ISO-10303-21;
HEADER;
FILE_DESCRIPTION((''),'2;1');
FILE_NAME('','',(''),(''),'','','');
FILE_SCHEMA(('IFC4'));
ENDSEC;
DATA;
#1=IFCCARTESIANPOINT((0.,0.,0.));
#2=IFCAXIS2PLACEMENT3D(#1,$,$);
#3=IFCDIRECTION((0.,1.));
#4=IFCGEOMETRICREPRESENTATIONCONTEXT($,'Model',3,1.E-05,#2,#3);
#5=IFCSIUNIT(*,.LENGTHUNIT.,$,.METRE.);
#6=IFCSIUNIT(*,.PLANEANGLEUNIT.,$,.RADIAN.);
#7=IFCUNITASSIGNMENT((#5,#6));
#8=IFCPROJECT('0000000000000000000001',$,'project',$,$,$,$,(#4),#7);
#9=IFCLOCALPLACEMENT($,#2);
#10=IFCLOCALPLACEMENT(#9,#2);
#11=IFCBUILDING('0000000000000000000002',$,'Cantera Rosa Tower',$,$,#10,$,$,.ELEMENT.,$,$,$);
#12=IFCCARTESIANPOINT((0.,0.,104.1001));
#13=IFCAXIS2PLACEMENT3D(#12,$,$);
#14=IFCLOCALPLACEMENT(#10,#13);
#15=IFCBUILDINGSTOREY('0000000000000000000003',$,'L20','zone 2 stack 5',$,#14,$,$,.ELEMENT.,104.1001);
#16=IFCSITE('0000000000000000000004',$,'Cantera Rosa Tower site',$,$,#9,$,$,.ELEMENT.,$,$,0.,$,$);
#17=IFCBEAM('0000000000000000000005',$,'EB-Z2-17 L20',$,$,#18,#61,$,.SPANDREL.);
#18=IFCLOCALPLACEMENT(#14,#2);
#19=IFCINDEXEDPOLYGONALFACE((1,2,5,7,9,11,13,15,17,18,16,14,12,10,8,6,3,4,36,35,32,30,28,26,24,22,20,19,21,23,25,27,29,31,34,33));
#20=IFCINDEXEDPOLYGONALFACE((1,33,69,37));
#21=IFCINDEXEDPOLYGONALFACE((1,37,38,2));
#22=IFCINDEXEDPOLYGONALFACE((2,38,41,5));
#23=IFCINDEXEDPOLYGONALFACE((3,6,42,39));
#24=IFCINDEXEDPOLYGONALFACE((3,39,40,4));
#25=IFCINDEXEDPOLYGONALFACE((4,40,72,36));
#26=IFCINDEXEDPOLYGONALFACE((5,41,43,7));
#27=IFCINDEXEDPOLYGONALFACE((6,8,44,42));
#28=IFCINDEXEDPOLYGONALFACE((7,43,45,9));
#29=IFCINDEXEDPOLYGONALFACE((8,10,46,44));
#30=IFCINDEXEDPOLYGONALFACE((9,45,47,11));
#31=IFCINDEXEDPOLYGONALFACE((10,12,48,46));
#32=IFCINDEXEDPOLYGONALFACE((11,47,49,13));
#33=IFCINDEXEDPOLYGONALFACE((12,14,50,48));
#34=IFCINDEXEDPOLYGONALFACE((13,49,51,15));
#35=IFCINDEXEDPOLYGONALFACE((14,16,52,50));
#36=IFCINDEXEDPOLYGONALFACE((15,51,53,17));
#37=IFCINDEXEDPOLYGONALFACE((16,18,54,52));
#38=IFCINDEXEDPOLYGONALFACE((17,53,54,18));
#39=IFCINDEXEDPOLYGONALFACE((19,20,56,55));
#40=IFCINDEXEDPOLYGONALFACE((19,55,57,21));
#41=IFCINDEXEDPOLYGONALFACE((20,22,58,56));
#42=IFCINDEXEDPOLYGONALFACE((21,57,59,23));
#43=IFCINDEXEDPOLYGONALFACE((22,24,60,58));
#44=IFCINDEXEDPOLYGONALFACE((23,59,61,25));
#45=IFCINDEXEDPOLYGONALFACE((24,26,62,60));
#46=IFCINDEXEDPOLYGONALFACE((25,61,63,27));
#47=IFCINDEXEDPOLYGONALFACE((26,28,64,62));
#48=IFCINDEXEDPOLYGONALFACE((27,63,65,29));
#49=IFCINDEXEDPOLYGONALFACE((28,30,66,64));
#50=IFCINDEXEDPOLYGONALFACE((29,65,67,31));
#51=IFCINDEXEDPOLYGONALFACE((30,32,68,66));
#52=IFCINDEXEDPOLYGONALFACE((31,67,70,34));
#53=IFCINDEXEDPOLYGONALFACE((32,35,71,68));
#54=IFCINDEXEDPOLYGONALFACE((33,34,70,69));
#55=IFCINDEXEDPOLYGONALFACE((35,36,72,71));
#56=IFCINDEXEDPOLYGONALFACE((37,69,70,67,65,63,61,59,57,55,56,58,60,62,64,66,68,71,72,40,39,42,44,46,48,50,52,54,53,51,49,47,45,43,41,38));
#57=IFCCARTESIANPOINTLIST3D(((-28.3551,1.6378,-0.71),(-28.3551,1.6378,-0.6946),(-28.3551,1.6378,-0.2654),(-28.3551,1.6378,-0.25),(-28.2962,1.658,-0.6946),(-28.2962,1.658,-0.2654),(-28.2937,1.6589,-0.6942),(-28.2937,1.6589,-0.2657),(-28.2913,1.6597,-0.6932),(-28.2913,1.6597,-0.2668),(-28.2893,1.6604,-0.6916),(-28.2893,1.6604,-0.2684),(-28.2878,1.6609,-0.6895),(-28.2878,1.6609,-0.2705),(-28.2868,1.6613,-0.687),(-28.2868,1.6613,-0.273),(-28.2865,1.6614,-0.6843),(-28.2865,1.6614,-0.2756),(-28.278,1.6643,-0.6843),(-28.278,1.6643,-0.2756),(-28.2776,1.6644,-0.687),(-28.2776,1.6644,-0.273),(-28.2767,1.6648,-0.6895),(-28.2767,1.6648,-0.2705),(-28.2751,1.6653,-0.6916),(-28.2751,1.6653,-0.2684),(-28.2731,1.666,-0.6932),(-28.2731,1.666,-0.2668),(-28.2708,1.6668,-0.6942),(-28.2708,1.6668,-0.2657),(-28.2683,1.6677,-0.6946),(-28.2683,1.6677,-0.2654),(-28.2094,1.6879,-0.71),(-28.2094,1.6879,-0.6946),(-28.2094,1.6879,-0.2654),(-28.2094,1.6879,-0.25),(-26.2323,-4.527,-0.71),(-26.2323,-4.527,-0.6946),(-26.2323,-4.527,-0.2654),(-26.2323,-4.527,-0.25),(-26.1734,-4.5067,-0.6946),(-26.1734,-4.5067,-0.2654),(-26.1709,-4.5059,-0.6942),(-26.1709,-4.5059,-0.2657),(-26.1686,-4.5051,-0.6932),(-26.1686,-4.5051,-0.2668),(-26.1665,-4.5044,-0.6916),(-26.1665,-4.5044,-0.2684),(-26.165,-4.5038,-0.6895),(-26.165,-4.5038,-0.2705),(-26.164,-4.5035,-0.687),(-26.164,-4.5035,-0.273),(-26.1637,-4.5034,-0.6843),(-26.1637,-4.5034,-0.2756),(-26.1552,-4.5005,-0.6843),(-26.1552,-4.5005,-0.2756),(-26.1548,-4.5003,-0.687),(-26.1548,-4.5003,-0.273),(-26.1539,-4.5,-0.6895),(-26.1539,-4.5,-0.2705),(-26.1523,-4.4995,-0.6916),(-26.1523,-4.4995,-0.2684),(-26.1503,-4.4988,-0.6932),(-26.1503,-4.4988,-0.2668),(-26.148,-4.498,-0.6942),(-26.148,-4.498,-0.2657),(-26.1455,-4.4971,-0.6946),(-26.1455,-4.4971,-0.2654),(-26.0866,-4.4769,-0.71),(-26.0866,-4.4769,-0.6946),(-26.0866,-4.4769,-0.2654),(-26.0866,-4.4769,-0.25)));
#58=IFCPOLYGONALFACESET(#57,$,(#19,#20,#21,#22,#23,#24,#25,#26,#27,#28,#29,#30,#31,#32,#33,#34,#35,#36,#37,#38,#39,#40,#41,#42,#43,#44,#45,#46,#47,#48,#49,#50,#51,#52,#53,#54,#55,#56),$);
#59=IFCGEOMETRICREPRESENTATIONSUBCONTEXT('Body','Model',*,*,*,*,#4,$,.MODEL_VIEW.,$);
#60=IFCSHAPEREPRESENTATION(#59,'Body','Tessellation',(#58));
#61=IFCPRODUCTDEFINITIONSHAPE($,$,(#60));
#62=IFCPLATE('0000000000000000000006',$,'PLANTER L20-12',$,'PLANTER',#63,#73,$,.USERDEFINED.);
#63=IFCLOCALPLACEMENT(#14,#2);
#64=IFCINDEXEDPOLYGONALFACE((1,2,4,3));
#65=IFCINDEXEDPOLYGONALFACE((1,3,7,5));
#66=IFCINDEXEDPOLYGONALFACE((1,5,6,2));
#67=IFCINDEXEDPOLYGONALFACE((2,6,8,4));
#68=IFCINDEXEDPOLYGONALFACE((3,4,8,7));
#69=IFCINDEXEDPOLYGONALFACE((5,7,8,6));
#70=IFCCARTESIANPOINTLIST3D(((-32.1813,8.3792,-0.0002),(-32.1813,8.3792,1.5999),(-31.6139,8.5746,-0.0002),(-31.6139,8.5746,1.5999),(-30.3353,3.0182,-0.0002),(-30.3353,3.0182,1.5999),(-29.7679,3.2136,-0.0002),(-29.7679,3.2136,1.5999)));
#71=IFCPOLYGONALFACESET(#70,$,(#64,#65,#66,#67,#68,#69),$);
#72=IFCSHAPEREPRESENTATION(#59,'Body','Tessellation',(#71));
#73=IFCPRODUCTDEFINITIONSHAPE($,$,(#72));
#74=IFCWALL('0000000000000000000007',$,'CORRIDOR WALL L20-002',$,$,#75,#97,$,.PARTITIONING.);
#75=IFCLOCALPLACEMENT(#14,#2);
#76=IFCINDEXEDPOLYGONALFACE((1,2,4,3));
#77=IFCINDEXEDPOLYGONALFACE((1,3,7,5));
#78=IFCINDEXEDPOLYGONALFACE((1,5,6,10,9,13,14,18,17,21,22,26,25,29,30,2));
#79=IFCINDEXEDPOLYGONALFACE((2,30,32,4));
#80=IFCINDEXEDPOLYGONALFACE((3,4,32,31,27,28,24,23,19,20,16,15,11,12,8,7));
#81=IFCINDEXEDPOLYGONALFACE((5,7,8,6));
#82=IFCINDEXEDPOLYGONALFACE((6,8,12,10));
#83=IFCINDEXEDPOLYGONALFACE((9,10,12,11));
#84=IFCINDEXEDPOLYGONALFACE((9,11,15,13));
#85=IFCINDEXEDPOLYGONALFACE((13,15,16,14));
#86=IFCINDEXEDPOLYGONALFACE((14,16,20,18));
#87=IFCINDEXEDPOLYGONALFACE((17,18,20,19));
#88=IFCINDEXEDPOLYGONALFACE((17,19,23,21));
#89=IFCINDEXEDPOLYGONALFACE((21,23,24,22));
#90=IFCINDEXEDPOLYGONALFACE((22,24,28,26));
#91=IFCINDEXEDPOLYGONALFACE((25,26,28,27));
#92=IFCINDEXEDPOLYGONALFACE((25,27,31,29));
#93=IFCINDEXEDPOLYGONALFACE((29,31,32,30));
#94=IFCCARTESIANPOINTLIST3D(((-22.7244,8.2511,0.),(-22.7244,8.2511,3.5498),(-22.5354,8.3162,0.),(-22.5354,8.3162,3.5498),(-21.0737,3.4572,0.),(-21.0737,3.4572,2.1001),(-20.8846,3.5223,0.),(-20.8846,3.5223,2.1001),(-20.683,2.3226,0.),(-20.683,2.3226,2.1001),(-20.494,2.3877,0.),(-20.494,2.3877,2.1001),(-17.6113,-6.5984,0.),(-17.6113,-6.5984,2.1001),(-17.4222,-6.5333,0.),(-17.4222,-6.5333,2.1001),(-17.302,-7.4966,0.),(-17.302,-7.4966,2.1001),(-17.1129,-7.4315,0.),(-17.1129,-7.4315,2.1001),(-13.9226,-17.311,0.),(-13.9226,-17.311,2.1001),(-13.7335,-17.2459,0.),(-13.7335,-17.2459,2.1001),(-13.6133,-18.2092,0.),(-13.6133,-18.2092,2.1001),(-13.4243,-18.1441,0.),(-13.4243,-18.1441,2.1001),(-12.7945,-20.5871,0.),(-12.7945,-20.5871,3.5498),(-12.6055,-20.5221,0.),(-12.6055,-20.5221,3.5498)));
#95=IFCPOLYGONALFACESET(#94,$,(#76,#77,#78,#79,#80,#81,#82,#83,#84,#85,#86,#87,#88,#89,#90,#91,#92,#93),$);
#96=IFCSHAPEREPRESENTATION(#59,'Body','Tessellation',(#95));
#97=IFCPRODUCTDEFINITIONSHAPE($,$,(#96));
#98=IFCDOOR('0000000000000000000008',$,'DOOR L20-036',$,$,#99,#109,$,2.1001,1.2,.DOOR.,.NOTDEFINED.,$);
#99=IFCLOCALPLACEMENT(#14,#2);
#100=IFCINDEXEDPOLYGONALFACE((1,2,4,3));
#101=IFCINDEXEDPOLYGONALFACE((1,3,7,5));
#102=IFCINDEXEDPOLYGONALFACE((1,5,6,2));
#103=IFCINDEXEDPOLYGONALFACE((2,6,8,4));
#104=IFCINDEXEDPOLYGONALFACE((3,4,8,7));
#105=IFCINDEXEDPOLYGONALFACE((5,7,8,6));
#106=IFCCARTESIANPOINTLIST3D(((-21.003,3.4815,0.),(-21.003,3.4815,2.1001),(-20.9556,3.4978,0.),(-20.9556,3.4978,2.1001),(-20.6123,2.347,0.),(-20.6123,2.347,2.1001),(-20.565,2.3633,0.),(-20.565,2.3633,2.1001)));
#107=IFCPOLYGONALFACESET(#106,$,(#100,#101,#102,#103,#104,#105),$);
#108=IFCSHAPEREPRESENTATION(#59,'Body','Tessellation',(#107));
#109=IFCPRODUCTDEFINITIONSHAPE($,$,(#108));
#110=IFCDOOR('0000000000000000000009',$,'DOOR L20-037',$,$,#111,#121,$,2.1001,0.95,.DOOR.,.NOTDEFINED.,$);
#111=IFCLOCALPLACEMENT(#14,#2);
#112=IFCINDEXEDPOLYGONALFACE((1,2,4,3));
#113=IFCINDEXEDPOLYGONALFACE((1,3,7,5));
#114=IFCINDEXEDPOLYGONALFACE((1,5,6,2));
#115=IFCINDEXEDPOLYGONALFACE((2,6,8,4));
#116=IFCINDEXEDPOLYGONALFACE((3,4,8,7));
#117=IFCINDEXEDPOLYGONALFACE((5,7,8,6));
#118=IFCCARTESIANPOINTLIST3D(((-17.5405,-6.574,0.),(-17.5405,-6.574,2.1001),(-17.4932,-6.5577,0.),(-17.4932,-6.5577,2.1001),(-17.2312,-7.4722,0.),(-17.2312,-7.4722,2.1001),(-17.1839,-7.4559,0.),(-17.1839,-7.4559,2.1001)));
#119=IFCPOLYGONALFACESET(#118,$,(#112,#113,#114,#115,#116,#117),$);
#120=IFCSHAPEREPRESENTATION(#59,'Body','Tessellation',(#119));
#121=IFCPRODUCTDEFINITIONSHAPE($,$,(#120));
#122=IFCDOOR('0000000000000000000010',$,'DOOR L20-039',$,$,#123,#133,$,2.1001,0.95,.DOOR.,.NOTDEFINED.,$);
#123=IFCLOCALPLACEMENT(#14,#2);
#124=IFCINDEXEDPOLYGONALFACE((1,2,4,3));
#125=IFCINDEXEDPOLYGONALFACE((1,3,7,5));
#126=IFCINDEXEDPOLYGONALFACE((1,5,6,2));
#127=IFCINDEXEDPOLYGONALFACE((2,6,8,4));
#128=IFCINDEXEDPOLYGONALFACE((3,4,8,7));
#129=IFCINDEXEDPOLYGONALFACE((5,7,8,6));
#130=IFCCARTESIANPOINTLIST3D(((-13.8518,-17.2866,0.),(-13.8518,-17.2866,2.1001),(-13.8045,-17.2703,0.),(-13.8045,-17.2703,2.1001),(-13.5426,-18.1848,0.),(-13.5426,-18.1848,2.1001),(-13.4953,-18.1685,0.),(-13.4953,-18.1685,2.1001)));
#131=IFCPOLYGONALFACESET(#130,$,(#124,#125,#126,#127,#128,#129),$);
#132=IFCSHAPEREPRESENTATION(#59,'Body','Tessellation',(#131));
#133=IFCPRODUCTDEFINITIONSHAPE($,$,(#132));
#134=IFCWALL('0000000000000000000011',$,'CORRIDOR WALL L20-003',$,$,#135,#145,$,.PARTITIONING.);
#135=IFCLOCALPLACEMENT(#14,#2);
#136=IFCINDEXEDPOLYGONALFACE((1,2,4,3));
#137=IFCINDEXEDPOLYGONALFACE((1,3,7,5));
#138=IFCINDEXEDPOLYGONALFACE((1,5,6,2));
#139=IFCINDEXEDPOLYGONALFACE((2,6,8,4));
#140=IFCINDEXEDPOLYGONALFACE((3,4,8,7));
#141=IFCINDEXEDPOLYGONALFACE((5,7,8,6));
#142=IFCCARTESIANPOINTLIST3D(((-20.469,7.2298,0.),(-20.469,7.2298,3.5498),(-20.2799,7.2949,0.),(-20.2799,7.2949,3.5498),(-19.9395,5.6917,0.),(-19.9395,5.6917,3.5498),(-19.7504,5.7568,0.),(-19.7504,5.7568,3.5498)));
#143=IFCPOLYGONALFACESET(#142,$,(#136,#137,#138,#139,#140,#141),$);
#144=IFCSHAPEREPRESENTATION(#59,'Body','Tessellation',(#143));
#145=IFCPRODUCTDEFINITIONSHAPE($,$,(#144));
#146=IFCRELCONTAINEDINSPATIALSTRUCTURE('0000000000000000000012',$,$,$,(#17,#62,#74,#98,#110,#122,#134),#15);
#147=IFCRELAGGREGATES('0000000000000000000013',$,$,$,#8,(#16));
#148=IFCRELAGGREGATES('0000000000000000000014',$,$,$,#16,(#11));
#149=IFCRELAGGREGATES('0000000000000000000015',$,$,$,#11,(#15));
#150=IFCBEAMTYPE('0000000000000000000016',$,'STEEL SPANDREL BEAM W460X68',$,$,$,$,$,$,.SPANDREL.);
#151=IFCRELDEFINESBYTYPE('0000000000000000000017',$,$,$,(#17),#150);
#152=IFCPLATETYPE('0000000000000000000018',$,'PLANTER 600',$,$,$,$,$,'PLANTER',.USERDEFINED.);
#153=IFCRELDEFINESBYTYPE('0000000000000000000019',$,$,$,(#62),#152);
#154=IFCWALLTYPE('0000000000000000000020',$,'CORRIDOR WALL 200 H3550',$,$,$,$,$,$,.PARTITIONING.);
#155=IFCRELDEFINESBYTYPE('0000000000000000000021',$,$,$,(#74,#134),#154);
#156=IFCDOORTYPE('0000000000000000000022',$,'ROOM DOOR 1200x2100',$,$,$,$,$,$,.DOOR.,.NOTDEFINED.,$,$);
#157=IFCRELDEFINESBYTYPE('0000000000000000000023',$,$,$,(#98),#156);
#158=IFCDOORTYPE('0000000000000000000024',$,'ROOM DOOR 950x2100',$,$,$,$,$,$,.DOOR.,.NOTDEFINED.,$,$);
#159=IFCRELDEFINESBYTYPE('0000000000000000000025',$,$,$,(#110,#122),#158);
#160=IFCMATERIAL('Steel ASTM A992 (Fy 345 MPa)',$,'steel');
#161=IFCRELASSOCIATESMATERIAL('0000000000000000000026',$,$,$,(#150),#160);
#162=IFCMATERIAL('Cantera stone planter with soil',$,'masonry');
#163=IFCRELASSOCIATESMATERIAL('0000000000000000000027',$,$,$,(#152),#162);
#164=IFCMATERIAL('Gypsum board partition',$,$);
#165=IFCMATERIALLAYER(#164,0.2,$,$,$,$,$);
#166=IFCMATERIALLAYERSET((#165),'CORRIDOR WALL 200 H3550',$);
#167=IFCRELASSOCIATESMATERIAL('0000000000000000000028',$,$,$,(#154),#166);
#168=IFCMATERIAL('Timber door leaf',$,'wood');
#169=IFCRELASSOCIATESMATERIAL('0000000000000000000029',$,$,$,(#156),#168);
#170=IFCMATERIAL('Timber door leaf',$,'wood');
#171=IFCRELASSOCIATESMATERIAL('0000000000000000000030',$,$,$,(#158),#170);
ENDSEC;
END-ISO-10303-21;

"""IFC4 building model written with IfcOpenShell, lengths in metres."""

from ifc_helpers import new_model, si_unit, direction, frame, frame_2d, origin, origin_2d, place, context, subcontext, project, spatial, rectangle, i_section, extrude, material, layer, layer_set, material_profile, profile_set, type_object, element, fill, save


model = new_model("IFC4")

# Units and contexts
model_context = context("Model", 3, precision=1e-05, world=origin(), true_north=direction((0.0, 1.0)))
body_context = subcontext(model_context, "Body", "Model", "MODEL_VIEW")
ifc_project = project(units=[si_unit("LENGTHUNIT", "METRE"), si_unit("PLANEANGLEUNIT", "RADIAN")], contexts=[model_context])

# Site, building, storey
site_placement = place(None, origin())
site = spatial("IfcSite", under=ifc_project, at=site_placement, Name="Cantera Rosa Tower site", CompositionType="ELEMENT", RefElevation=0.0)
building_placement = place(site_placement, origin())
building = spatial("IfcBuilding", under=site, at=building_placement, Name="Cantera Rosa Tower", CompositionType="ELEMENT")
storey_placement = place(building_placement, frame((0.0, 0.0, 104.1001)))
storey = spatial("IfcBuildingStorey", under=building, at=storey_placement, Name="L20", Description="zone 2 stack 5", CompositionType="ELEMENT", Elevation=104.1001)

# Beam
ifc_material_1 = material(Name="Steel ASTM A992 (Fy 345 MPa)", Category="steel")
ifc_material_profile_1 = material_profile(ifc_material_1, i_section(OverallWidth=0.1541, OverallDepth=0.46, WebThickness=0.009, FlangeThickness=0.0154, FilletRadius=0.0103, at=origin_2d()), Name="W460X68")
ifc_profile_set_1 = profile_set([ifc_material_profile_1], Name="Steel ASTM A992 (Fy 345 MPa)")
beam_type_1 = type_object("IfcBeamType", Name="STEEL SPANDREL BEAM W460X68", PredefinedType="SPANDREL", material=ifc_profile_set_1)
beam_1_placement = place(storey_placement, frame((-28.2822, 1.6628, -0.48), z_axis=(0.325581, -0.945514, 0.0), x_axis=(0.945514, 0.325581, 0.0)))
element("IfcBeam", 1, at=beam_1_placement, inside=storey, type_object=beam_type_1, Name="EB-Z2-17 L20", PredefinedType="SPANDREL", context=body_context, shape_type="SweptSolid", body=[
    extrude(i_section(OverallWidth=0.1541, OverallDepth=0.46, WebThickness=0.009, FlangeThickness=0.0154, FilletRadius=0.0103, at=origin_2d()), origin(), (0.0, 0.0, 1.0), 6.52),
])

# Plate
ifc_material_2 = material(Name="Cantera stone planter with soil", Category="masonry")
plate_type = type_object("IfcPlateType", Name="PLANTER 600", ElementType="PLANTER", PredefinedType="USERDEFINED", material=ifc_material_2)
plate_placement = place(storey_placement, frame((-30.9746, 5.7964, -0.0002), z_axis=(0.0, 0.0, 1.0), x_axis=(0.325568, -0.945519, 0.0)))
element("IfcPlate", 2, at=plate_placement, inside=storey, type_object=plate_type, Name="PLANTER L20-12", ObjectType="PLANTER", PredefinedType="USERDEFINED", context=body_context, shape_type="SweptSolid", body=[
    extrude(rectangle(XDim=5.6699, YDim=0.6001, at=origin_2d()), origin(), (0.0, 0.0, 1.0), 1.6001),
])

# Wall, openings, doors
ifc_material_3 = material(Name="Gypsum board partition")
ifc_layer_1 = layer(ifc_material_3, 0.2)
ifc_layer_set_1 = layer_set([ifc_layer_1], Name="CORRIDOR WALL 200 H3550")
wall_type_1 = type_object("IfcWallType", Name="CORRIDOR WALL 200 H3550", PredefinedType="PARTITIONING", material=ifc_layer_set_1)
wall_1_placement = place(storey_placement, frame((-22.6299, 8.2837, 0.0), z_axis=(0.0, 0.0, 1.0), x_axis=(0.325571, -0.945518, 0.0)))
wall_1 = element("IfcWall", 3, at=wall_1_placement, inside=storey, type_object=wall_type_1, Name="CORRIDOR WALL L20-002", PredefinedType="PARTITIONING", context=body_context, shape_type="SweptSolid", body=[
    extrude(rectangle(XDim=30.5, YDim=0.2, at=frame_2d((15.25, 0.0))), origin(), (0.0, 0.0, 1.0), 3.5498),
])
opening_1_placement = place(wall_1_placement, frame((5.0701, 0.0, 0.0)))
opening_1 = element("IfcOpeningElement", 4, at=opening_1_placement, cuts=wall_1, PredefinedType="OPENING", context=body_context, shape_type="SweptSolid", body=[
    extrude(rectangle(XDim=1.2, YDim=2.1001, at=frame_2d((0.6001, 1.05))), frame((0.0, 0.1099, 0.0), z_axis=(0.0, -1.0, 0.0), x_axis=(1.0, 0.0, 0.0)), (0.0, 0.0, 1.0), 0.22),
])
opening_2_placement = place(wall_1_placement, frame((15.7051, 0.0, 0.0)))
opening_2 = element("IfcOpeningElement", 5, at=opening_2_placement, cuts=wall_1, PredefinedType="OPENING", context=body_context, shape_type="SweptSolid", body=[
    extrude(rectangle(XDim=0.95, YDim=2.1001, at=frame_2d((0.4751, 1.05))), frame((0.0, 0.1099, 0.0), z_axis=(0.0, -1.0, 0.0), x_axis=(1.0, 0.0, 0.0)), (0.0, 0.0, 1.0), 0.22),
])
opening_3_placement = place(wall_1_placement, frame((27.0349, 0.0, 0.0)))
opening_3 = element("IfcOpeningElement", 6, at=opening_3_placement, cuts=wall_1, PredefinedType="OPENING", context=body_context, shape_type="SweptSolid", body=[
    extrude(rectangle(XDim=0.95, YDim=2.1001, at=frame_2d((0.4751, 1.05))), frame((0.0, 0.1099, 0.0), z_axis=(0.0, -1.0, 0.0), x_axis=(1.0, 0.0, 0.0)), (0.0, 0.0, 1.0), 0.22),
])
ifc_material_4 = material(Name="Timber door leaf", Category="wood")
door_type_1 = type_object("IfcDoorType", Name="ROOM DOOR 1200x2100", OperationType="NOTDEFINED", PredefinedType="DOOR", material=ifc_material_4)
door_1_placement = place(opening_1_placement, origin())
door_1 = element("IfcDoor", 7, at=door_1_placement, inside=storey, type_object=door_type_1, Name="DOOR L20-036", OperationType="NOTDEFINED", OverallHeight=2.1001, OverallWidth=1.2, PredefinedType="DOOR", context=body_context, shape_type="SweptSolid", body=[
    extrude(rectangle(XDim=1.2, YDim=2.1001, at=frame_2d((0.6001, 1.05))), frame((0.0, 0.0249, 0.0), z_axis=(0.0, -1.0, 0.0), x_axis=(1.0, 0.0, 0.0)), (0.0, 0.0, 1.0), 0.05),
])
fill(opening_1, door_1)
ifc_material_5 = material(Name="Timber door leaf", Category="wood")
door_type_2 = type_object("IfcDoorType", Name="ROOM DOOR 950x2100", OperationType="NOTDEFINED", PredefinedType="DOOR", material=ifc_material_5)
door_2_placement = place(opening_2_placement, origin())
door_2 = element("IfcDoor", 8, at=door_2_placement, inside=storey, type_object=door_type_2, Name="DOOR L20-037", OperationType="NOTDEFINED", OverallHeight=2.1001, OverallWidth=0.95, PredefinedType="DOOR", context=body_context, shape_type="SweptSolid", body=[
    extrude(rectangle(XDim=0.95, YDim=2.1001, at=frame_2d((0.4751, 1.05))), frame((0.0, 0.0249, 0.0), z_axis=(0.0, -1.0, 0.0), x_axis=(1.0, 0.0, 0.0)), (0.0, 0.0, 1.0), 0.05),
])
fill(opening_2, door_2)
door_3_placement = place(opening_3_placement, origin())
door_3 = element("IfcDoor", 9, at=door_3_placement, inside=storey, type_object=door_type_2, Name="DOOR L20-039", OperationType="NOTDEFINED", OverallHeight=2.1001, OverallWidth=0.95, PredefinedType="DOOR", context=body_context, shape_type="SweptSolid", body=[
    extrude(rectangle(XDim=0.95, YDim=2.1001, at=frame_2d((0.4751, 1.05))), frame((0.0, 0.0249, 0.0), z_axis=(0.0, -1.0, 0.0), x_axis=(1.0, 0.0, 0.0)), (0.0, 0.0, 1.0), 0.05),
])
fill(opening_3, door_3)

# Wall
wall_2_placement = place(storey_placement, frame((-20.3745, 7.2625, 0.0), z_axis=(0.0, 0.0, 1.0), x_axis=(0.325533, -0.945531, 0.0)))
element("IfcWall", 10, at=wall_2_placement, inside=storey, type_object=wall_type_1, Name="CORRIDOR WALL L20-003", PredefinedType="PARTITIONING", context=body_context, shape_type="SweptSolid", body=[
    extrude(rectangle(XDim=1.6267, YDim=0.2, at=frame_2d((0.8135, 0.0))), origin(), (0.0, 0.0, 1.0), 3.5498),
])

save(model, "model.ifc")
